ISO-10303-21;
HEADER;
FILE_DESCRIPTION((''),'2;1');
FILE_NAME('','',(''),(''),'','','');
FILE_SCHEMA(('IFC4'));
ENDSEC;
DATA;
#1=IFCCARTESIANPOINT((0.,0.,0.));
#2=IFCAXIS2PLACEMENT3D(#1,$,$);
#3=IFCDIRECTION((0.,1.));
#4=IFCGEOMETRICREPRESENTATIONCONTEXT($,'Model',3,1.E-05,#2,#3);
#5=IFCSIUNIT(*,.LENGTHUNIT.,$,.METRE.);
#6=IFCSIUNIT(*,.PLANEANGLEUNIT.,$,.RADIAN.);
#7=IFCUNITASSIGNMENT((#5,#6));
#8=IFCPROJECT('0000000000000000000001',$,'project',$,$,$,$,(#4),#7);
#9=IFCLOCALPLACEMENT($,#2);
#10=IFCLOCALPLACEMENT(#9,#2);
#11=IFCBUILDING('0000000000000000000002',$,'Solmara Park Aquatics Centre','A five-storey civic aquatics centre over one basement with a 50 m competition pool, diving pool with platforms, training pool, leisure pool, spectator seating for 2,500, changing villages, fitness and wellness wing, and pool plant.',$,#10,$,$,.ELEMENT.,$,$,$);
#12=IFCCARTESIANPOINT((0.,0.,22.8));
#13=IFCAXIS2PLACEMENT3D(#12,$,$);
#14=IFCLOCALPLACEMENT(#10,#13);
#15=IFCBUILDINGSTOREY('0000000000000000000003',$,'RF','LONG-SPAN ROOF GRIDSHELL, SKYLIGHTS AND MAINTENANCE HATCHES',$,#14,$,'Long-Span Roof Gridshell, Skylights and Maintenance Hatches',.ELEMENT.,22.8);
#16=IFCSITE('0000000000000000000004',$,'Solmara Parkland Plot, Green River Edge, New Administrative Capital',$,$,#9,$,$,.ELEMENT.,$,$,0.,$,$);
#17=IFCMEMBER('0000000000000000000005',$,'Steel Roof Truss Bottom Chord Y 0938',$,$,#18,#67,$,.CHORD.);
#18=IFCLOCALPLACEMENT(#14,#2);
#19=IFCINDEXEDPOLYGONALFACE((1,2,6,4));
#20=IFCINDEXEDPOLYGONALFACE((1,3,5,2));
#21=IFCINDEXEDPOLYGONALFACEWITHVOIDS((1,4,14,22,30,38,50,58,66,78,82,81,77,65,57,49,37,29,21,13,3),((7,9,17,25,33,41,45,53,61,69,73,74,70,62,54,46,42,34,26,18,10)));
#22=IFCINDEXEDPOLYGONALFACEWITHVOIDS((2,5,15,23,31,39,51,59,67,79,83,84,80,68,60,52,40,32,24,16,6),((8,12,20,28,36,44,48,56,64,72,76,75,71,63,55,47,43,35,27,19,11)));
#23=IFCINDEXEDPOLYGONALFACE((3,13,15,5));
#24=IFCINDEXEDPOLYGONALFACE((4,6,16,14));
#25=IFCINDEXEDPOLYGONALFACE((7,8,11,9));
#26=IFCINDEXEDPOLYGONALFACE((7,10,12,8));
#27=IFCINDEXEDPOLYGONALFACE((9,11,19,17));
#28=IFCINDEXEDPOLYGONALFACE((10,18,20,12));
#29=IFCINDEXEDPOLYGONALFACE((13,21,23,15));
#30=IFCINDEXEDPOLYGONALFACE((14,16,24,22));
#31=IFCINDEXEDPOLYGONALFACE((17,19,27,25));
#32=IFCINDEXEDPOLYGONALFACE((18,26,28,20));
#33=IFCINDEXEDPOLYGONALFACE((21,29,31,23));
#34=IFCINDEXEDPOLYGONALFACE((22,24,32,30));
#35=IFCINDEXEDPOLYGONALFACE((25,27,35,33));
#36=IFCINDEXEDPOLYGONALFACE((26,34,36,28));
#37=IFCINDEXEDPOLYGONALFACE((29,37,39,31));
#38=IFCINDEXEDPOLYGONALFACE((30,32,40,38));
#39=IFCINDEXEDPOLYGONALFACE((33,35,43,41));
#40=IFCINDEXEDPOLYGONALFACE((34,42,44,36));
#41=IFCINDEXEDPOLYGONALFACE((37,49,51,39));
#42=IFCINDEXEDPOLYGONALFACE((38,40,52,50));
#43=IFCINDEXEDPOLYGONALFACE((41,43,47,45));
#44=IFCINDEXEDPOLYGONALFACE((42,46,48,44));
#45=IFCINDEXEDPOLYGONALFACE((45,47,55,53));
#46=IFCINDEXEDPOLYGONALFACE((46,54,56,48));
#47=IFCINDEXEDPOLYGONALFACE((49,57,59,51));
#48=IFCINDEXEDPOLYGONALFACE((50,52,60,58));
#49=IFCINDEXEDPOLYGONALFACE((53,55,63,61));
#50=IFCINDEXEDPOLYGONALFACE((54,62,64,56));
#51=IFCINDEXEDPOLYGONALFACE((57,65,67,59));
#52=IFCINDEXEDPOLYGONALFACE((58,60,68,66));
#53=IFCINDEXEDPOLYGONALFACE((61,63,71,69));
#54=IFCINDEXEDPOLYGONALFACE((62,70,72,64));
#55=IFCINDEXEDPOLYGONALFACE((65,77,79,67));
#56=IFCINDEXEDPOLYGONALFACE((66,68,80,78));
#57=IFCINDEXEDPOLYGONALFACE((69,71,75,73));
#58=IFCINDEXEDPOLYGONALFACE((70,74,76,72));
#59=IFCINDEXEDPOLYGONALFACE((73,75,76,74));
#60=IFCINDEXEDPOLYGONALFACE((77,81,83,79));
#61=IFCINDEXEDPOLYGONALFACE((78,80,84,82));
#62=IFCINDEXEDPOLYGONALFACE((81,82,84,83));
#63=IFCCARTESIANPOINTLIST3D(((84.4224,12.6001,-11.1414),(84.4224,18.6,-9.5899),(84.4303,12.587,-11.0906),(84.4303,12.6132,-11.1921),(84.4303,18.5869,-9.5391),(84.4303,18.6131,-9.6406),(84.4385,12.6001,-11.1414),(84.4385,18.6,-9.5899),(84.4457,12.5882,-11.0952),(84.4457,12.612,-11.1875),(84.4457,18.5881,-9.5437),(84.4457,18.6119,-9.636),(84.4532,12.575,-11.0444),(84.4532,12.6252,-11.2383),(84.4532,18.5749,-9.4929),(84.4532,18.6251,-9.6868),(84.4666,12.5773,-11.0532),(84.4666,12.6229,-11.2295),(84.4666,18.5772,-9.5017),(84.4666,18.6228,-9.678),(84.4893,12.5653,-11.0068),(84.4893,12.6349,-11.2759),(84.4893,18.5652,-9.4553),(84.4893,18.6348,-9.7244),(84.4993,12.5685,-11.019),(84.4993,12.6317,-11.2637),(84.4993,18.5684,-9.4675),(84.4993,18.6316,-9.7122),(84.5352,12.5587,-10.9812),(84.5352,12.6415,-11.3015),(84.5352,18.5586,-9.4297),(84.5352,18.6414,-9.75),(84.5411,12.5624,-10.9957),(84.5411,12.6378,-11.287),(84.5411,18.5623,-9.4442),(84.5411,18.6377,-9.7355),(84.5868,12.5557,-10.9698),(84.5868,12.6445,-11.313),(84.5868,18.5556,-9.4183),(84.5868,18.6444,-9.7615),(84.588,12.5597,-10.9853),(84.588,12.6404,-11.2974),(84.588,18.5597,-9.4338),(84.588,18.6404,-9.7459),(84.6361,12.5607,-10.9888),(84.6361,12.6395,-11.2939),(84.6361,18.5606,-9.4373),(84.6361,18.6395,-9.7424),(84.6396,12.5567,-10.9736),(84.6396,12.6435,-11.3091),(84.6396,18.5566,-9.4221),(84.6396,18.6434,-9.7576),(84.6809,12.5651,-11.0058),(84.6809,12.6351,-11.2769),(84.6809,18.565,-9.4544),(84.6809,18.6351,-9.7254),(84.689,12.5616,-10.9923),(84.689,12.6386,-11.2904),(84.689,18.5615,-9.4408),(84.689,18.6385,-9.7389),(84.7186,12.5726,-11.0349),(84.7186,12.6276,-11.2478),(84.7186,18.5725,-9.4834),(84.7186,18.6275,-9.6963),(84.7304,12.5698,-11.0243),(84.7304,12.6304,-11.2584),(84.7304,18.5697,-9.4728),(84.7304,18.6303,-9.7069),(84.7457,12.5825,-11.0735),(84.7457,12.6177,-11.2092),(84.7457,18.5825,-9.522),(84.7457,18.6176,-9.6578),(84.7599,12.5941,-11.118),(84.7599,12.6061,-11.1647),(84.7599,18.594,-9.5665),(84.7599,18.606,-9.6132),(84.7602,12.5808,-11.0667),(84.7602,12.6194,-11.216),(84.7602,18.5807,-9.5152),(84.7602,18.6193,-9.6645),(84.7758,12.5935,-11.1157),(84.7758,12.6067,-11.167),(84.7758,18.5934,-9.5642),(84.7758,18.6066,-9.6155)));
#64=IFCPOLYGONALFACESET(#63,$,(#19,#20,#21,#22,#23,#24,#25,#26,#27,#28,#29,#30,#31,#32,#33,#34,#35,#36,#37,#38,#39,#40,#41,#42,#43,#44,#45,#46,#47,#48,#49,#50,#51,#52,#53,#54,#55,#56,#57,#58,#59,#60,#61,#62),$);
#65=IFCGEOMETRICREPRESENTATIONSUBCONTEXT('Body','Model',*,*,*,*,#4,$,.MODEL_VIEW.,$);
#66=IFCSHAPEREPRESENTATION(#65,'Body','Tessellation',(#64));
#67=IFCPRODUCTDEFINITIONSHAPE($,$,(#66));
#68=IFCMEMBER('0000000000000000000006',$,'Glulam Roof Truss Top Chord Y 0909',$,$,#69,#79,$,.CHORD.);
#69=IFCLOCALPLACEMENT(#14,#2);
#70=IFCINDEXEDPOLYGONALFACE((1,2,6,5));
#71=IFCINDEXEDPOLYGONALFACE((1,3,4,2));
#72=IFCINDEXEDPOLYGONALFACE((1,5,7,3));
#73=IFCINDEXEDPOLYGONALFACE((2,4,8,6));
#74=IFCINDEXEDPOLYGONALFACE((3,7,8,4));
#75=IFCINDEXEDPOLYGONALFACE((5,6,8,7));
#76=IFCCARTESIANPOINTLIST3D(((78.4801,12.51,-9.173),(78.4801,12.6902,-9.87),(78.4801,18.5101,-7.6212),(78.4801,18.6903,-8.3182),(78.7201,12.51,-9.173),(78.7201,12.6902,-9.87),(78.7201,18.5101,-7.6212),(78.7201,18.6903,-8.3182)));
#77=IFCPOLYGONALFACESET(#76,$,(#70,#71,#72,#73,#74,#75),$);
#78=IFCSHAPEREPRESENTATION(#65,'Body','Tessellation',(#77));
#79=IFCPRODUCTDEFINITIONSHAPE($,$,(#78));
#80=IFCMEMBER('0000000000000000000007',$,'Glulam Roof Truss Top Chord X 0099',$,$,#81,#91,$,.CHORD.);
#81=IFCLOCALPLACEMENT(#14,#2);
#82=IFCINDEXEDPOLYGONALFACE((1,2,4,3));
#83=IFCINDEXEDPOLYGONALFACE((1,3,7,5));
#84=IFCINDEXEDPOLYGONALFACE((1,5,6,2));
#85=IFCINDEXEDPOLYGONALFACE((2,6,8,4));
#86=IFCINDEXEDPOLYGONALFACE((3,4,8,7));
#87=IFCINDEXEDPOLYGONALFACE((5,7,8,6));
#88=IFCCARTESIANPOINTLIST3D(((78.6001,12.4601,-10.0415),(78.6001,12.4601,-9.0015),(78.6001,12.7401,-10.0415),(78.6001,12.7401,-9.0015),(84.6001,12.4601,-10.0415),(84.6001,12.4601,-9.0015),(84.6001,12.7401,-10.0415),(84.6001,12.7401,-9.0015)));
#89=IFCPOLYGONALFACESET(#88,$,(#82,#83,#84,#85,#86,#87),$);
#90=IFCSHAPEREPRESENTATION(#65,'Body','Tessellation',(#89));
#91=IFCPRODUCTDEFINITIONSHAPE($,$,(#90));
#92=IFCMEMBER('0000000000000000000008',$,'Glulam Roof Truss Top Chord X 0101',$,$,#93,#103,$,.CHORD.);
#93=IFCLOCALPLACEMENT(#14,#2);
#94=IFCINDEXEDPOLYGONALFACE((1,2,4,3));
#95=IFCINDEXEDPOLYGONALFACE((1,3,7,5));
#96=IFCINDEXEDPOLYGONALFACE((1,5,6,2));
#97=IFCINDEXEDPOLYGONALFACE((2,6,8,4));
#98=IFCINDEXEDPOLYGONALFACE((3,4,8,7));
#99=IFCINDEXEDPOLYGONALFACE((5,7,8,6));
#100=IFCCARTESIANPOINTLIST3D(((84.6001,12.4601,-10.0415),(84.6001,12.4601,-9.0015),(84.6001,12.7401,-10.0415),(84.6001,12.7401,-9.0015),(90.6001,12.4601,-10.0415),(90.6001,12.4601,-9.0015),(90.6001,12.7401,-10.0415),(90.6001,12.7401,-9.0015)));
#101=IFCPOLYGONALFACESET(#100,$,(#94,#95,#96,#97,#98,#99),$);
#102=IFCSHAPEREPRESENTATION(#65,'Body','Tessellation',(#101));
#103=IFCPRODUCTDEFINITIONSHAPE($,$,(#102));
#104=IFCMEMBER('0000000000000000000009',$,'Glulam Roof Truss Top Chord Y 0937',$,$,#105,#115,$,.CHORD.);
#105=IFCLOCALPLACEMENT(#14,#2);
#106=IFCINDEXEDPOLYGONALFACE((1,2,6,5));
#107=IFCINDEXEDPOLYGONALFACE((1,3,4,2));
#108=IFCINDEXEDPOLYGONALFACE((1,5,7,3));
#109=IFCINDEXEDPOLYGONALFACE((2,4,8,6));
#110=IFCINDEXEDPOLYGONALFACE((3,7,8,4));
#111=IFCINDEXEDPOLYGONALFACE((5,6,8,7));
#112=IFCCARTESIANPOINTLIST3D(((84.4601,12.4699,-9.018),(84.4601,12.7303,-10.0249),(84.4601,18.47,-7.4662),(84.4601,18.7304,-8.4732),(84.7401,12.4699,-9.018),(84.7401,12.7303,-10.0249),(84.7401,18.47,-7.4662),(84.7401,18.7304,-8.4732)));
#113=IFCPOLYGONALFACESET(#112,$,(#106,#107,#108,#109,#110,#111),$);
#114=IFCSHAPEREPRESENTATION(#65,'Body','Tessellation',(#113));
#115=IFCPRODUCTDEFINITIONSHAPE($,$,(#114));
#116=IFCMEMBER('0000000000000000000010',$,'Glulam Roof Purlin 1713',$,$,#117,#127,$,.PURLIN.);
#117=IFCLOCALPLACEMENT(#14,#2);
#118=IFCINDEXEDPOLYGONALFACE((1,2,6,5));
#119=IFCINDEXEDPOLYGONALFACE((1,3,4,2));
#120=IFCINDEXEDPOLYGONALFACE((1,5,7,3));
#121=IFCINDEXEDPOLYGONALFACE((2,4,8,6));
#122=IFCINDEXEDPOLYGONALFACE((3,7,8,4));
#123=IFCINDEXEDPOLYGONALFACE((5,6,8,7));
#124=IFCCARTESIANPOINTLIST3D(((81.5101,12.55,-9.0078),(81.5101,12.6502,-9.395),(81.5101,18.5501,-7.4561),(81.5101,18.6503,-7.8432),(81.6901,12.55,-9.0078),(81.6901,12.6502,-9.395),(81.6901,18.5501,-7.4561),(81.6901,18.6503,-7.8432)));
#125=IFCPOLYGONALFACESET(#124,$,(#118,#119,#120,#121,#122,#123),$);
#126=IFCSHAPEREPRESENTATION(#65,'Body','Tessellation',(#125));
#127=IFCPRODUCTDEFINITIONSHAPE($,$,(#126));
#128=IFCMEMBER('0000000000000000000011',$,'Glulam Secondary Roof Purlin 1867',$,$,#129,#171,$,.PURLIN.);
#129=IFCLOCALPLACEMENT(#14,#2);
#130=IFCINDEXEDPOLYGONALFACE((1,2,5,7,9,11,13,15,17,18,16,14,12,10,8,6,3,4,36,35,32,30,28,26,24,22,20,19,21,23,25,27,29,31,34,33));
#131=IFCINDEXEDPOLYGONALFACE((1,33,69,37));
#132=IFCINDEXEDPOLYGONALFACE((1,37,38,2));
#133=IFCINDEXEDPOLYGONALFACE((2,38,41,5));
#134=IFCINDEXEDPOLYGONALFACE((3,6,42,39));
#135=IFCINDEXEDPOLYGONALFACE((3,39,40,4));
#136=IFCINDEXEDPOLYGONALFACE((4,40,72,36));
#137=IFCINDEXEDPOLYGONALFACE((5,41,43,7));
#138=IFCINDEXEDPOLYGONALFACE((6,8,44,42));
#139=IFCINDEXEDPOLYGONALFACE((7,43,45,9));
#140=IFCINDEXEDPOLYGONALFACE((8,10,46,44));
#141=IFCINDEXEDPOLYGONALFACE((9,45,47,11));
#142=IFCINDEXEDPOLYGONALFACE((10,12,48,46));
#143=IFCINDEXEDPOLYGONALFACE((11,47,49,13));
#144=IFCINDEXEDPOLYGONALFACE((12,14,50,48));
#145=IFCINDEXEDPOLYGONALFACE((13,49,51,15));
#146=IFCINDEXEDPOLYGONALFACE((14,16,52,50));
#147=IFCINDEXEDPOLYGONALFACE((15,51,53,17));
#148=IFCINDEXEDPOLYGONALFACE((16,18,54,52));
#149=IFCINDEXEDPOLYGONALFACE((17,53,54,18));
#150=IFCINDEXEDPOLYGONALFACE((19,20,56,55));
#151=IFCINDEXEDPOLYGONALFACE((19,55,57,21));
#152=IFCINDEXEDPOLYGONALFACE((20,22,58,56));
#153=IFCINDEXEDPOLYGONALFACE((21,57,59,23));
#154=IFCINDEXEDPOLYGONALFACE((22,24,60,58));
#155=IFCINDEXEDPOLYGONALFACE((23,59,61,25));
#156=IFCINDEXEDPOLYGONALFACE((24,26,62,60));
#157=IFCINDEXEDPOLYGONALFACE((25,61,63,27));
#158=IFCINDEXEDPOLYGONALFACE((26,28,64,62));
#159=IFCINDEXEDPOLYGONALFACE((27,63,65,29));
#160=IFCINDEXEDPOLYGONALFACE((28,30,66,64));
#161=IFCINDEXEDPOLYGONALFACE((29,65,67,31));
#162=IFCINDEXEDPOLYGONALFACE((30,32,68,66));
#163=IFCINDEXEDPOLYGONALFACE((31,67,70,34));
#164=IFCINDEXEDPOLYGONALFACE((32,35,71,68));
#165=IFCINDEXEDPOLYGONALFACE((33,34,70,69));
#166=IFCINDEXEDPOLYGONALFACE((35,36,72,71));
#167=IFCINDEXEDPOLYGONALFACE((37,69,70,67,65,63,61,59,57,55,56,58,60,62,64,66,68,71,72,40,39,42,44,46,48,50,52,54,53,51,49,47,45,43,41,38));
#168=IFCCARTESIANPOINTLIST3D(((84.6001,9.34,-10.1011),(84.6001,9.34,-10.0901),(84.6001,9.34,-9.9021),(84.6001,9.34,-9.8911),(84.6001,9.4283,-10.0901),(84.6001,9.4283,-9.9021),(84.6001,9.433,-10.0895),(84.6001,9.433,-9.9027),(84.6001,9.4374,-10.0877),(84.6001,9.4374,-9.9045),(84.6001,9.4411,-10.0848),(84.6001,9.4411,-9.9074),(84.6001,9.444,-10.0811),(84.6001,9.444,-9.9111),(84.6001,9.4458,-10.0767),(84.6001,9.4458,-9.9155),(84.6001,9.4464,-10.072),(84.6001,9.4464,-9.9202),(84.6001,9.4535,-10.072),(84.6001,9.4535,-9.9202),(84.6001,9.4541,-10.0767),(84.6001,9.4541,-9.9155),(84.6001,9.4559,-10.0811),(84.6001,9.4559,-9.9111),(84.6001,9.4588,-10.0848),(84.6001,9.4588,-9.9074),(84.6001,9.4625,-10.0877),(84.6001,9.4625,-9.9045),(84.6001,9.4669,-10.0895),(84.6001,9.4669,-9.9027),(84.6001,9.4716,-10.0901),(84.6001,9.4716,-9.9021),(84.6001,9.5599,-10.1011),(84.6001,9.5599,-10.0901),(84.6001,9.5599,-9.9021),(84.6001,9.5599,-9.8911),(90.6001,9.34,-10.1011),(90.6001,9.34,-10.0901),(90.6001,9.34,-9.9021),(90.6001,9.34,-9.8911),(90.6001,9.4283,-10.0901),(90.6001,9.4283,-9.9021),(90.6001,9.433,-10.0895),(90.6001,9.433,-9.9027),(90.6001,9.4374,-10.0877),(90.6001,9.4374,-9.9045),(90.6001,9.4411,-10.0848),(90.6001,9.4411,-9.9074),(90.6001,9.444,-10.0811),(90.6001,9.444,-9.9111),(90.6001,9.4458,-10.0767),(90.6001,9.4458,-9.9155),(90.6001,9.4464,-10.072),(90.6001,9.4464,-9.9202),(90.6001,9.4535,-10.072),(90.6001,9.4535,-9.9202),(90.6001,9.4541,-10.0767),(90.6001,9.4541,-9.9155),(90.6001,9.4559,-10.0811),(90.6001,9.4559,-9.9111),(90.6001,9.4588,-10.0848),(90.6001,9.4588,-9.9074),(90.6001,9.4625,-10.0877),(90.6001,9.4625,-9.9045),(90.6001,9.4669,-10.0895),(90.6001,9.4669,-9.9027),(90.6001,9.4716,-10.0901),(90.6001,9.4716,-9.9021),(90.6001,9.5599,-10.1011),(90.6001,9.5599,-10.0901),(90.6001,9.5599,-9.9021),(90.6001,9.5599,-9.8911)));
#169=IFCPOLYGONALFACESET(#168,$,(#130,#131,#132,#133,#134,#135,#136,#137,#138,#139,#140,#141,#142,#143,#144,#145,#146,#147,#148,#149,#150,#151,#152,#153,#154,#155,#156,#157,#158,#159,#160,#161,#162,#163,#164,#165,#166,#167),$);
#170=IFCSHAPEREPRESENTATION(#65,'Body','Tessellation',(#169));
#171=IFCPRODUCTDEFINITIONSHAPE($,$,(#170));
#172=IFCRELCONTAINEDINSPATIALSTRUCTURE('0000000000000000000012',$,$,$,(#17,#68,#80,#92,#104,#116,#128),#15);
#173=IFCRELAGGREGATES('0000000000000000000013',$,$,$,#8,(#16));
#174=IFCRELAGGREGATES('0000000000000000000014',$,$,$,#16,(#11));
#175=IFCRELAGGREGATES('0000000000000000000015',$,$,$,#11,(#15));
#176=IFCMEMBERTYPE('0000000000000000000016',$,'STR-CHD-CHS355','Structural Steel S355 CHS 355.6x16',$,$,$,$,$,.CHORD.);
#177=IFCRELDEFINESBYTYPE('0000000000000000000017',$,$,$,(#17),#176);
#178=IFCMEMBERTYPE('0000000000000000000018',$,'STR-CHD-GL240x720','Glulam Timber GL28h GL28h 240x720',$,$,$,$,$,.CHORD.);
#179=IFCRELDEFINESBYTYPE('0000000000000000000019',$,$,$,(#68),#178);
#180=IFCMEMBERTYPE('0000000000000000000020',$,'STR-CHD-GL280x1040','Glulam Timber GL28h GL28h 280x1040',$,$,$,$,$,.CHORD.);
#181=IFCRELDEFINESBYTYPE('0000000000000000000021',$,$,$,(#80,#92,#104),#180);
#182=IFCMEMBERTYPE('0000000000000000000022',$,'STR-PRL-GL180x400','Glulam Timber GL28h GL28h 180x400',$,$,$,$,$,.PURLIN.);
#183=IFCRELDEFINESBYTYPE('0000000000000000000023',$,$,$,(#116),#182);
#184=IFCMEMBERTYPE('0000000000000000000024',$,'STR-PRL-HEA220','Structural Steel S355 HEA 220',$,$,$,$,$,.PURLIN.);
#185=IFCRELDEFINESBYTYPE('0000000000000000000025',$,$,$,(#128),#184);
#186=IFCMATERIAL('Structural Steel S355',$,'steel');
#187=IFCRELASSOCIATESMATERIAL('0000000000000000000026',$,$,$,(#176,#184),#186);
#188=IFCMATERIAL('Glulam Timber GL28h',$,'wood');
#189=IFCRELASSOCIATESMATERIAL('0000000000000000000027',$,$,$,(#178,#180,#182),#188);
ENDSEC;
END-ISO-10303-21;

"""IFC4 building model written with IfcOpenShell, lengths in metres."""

from ifc_helpers import new_model, si_unit, direction, frame, origin, origin_2d, place, context, subcontext, project, spatial, rectangle, hollow_circle, i_section, extrude, material, material_profile, profile_set, type_object, element, save


model = new_model("IFC4")

# Units and contexts
model_context = context("Model", 3, precision=1e-05, world=origin(), true_north=direction((0.0, 1.0)))
body_context = subcontext(model_context, "Body", "Model", "MODEL_VIEW")
ifc_project = project(units=[si_unit("LENGTHUNIT", "METRE"), si_unit("PLANEANGLEUNIT", "RADIAN")], contexts=[model_context])

# Site, building, storey
site_placement = place(None, origin())
site = spatial("IfcSite", under=ifc_project, at=site_placement, Name="Solmara Parkland Plot, Green River Edge, New Administrative Capital", CompositionType="ELEMENT", RefElevation=0.0)
building_placement = place(site_placement, origin())
building = spatial("IfcBuilding", under=site, at=building_placement, Name="Solmara Park Aquatics Centre", Description="A five-storey civic aquatics centre over one basement with a 50 m competition pool, diving pool with platforms, training pool, leisure pool, spectator seating for 2,500, changing villages, fitness and wellness wing, and pool plant.", CompositionType="ELEMENT")
storey_placement = place(building_placement, frame((0.0, 0.0, 22.8)))
storey = spatial("IfcBuildingStorey", under=building, at=storey_placement, Name="RF", Description="LONG-SPAN ROOF GRIDSHELL, SKYLIGHTS AND MAINTENANCE HATCHES", LongName="Long-Span Roof Gridshell, Skylights and Maintenance Hatches", CompositionType="ELEMENT", Elevation=22.8)

# Members
ifc_material_1 = material(Name="Structural Steel S355", Category="steel")
ifc_material_profile_1 = material_profile(ifc_material_1, hollow_circle(Radius=0.1777, WallThickness=0.0161, at=origin_2d()), Name="CHS 355.6x16")
ifc_profile_set_1 = profile_set([ifc_material_profile_1], Name="Structural Steel S355")
member_type_1 = type_object("IfcMemberType", Name="STR-CHD-CHS355", Description="Structural Steel S355 CHS 355.6x16", PredefinedType="CHORD", material=ifc_profile_set_1)
member_1_placement = place(storey_placement, frame((84.6001, 12.6001, -11.1414), z_axis=(0.0, 0.968155, 0.250351), x_axis=(-1.0, 0.0, 0.0)))
element("IfcMember", 1, at=member_1_placement, inside=storey, type_object=member_type_1, Name="Steel Roof Truss Bottom Chord Y 0938", PredefinedType="CHORD", context=body_context, shape_type="SweptSolid", body=[
    extrude(hollow_circle(Radius=0.1777, WallThickness=0.0161, at=origin_2d()), origin(), (0.0, 0.0, 1.0), 6.1973),
])
ifc_material_2 = material(Name="Glulam Timber GL28h", Category="wood")
ifc_material_profile_2 = material_profile(ifc_material_2, rectangle(XDim=0.24, YDim=0.72, at=origin_2d()), Name="GL28h 240x720")
ifc_profile_set_2 = profile_set([ifc_material_profile_2], Name="Glulam Timber GL28h")
member_type_2 = type_object("IfcMemberType", Name="STR-CHD-GL240x720", Description="Glulam Timber GL28h GL28h 240x720", PredefinedType="CHORD", material=ifc_profile_set_2)
member_2_placement = place(storey_placement, frame((78.6001, 12.6001, -9.5215), z_axis=(0.0, 0.968146, 0.250388), x_axis=(-1.0, 0.0, 0.0)))
element("IfcMember", 2, at=member_2_placement, inside=storey, type_object=member_type_2, Name="Glulam Roof Truss Top Chord Y 0909", PredefinedType="CHORD", context=body_context, shape_type="SweptSolid", body=[
    extrude(rectangle(XDim=0.24, YDim=0.72, at=origin_2d()), origin(), (0.0, 0.0, 1.0), 6.1975),
])
ifc_material_profile_3 = material_profile(ifc_material_2, rectangle(XDim=0.28, YDim=1.04, at=origin_2d()), Name="GL28h 280x1040")
ifc_profile_set_3 = profile_set([ifc_material_profile_3], Name="Glulam Timber GL28h")
member_type_3 = type_object("IfcMemberType", Name="STR-CHD-GL280x1040", Description="Glulam Timber GL28h GL28h 280x1040", PredefinedType="CHORD", material=ifc_profile_set_3)
for number, where, z_axis, x_axis, name in (
    (3, (78.6001, 12.6001, -9.5215), (1.0, 0.0, 0.0), (0.0, 1.0, 0.0), "Glulam Roof Truss Top Chord X 0099"),
    (4, (84.6001, 12.6001, -9.5215), (1.0, 0.0, 0.0), (0.0, 1.0, 0.0), "Glulam Roof Truss Top Chord X 0101"),
):
    element("IfcMember", number, at=place(storey_placement, frame(where, z_axis=z_axis, x_axis=x_axis)), inside=storey, type_object=member_type_3, Name=name, PredefinedType="CHORD", context=body_context, shape_type="SweptSolid", body=[
        extrude(rectangle(XDim=0.28, YDim=1.04, at=origin_2d()), origin(), (0.0, 0.0, 1.0), 6.0),
    ])
member_3_placement = place(storey_placement, frame((84.6001, 12.6001, -9.5215), z_axis=(0.0, 0.968146, 0.250388), x_axis=(-1.0, 0.0, 0.0)))
element("IfcMember", 5, at=member_3_placement, inside=storey, type_object=member_type_3, Name="Glulam Roof Truss Top Chord Y 0937", PredefinedType="CHORD", context=body_context, shape_type="SweptSolid", body=[
    extrude(rectangle(XDim=0.28, YDim=1.04, at=origin_2d()), origin(), (0.0, 0.0, 1.0), 6.1975),
])
ifc_material_profile_4 = material_profile(ifc_material_2, rectangle(XDim=0.1799, YDim=0.3999, at=origin_2d()), Name="GL28h 180x400")
ifc_profile_set_4 = profile_set([ifc_material_profile_4], Name="Glulam Timber GL28h")
member_type_4 = type_object("IfcMemberType", Name="STR-PRL-GL180x400", Description="Glulam Timber GL28h GL28h 180x400", PredefinedType="PURLIN", material=ifc_profile_set_4)
member_4_placement = place(storey_placement, frame((81.6001, 12.6001, -9.2014), z_axis=(0.0, 0.968146, 0.250388), x_axis=(-1.0, 0.0, 0.0)))
element("IfcMember", 6, at=member_4_placement, inside=storey, type_object=member_type_4, Name="Glulam Roof Purlin 1713", PredefinedType="PURLIN", context=body_context, shape_type="SweptSolid", body=[
    extrude(rectangle(XDim=0.1799, YDim=0.3999, at=origin_2d()), origin(), (0.0, 0.0, 1.0), 6.1975),
])
ifc_material_profile_5 = material_profile(ifc_material_1, i_section(OverallWidth=0.22, OverallDepth=0.21, WebThickness=0.0071, FlangeThickness=0.011, FilletRadius=0.0181, at=origin_2d()), Name="HEA 220")
ifc_profile_set_5 = profile_set([ifc_material_profile_5], Name="Structural Steel S355")
member_type_5 = type_object("IfcMemberType", Name="STR-PRL-HEA220", Description="Structural Steel S355 HEA 220", PredefinedType="PURLIN", material=ifc_profile_set_5)
member_5_placement = place(storey_placement, frame((84.6001, 9.45, -9.9961), z_axis=(1.0, 0.0, 0.0), x_axis=(0.0, 1.0, 0.0)))
element("IfcMember", 7, at=member_5_placement, inside=storey, type_object=member_type_5, Name="Glulam Secondary Roof Purlin 1867", PredefinedType="PURLIN", context=body_context, shape_type="SweptSolid", body=[
    extrude(i_section(OverallWidth=0.22, OverallDepth=0.21, WebThickness=0.0071, FlangeThickness=0.011, FilletRadius=0.0181, at=origin_2d()), origin(), (0.0, 0.0, 1.0), 6.0),
])

save(model, "model.ifc")
